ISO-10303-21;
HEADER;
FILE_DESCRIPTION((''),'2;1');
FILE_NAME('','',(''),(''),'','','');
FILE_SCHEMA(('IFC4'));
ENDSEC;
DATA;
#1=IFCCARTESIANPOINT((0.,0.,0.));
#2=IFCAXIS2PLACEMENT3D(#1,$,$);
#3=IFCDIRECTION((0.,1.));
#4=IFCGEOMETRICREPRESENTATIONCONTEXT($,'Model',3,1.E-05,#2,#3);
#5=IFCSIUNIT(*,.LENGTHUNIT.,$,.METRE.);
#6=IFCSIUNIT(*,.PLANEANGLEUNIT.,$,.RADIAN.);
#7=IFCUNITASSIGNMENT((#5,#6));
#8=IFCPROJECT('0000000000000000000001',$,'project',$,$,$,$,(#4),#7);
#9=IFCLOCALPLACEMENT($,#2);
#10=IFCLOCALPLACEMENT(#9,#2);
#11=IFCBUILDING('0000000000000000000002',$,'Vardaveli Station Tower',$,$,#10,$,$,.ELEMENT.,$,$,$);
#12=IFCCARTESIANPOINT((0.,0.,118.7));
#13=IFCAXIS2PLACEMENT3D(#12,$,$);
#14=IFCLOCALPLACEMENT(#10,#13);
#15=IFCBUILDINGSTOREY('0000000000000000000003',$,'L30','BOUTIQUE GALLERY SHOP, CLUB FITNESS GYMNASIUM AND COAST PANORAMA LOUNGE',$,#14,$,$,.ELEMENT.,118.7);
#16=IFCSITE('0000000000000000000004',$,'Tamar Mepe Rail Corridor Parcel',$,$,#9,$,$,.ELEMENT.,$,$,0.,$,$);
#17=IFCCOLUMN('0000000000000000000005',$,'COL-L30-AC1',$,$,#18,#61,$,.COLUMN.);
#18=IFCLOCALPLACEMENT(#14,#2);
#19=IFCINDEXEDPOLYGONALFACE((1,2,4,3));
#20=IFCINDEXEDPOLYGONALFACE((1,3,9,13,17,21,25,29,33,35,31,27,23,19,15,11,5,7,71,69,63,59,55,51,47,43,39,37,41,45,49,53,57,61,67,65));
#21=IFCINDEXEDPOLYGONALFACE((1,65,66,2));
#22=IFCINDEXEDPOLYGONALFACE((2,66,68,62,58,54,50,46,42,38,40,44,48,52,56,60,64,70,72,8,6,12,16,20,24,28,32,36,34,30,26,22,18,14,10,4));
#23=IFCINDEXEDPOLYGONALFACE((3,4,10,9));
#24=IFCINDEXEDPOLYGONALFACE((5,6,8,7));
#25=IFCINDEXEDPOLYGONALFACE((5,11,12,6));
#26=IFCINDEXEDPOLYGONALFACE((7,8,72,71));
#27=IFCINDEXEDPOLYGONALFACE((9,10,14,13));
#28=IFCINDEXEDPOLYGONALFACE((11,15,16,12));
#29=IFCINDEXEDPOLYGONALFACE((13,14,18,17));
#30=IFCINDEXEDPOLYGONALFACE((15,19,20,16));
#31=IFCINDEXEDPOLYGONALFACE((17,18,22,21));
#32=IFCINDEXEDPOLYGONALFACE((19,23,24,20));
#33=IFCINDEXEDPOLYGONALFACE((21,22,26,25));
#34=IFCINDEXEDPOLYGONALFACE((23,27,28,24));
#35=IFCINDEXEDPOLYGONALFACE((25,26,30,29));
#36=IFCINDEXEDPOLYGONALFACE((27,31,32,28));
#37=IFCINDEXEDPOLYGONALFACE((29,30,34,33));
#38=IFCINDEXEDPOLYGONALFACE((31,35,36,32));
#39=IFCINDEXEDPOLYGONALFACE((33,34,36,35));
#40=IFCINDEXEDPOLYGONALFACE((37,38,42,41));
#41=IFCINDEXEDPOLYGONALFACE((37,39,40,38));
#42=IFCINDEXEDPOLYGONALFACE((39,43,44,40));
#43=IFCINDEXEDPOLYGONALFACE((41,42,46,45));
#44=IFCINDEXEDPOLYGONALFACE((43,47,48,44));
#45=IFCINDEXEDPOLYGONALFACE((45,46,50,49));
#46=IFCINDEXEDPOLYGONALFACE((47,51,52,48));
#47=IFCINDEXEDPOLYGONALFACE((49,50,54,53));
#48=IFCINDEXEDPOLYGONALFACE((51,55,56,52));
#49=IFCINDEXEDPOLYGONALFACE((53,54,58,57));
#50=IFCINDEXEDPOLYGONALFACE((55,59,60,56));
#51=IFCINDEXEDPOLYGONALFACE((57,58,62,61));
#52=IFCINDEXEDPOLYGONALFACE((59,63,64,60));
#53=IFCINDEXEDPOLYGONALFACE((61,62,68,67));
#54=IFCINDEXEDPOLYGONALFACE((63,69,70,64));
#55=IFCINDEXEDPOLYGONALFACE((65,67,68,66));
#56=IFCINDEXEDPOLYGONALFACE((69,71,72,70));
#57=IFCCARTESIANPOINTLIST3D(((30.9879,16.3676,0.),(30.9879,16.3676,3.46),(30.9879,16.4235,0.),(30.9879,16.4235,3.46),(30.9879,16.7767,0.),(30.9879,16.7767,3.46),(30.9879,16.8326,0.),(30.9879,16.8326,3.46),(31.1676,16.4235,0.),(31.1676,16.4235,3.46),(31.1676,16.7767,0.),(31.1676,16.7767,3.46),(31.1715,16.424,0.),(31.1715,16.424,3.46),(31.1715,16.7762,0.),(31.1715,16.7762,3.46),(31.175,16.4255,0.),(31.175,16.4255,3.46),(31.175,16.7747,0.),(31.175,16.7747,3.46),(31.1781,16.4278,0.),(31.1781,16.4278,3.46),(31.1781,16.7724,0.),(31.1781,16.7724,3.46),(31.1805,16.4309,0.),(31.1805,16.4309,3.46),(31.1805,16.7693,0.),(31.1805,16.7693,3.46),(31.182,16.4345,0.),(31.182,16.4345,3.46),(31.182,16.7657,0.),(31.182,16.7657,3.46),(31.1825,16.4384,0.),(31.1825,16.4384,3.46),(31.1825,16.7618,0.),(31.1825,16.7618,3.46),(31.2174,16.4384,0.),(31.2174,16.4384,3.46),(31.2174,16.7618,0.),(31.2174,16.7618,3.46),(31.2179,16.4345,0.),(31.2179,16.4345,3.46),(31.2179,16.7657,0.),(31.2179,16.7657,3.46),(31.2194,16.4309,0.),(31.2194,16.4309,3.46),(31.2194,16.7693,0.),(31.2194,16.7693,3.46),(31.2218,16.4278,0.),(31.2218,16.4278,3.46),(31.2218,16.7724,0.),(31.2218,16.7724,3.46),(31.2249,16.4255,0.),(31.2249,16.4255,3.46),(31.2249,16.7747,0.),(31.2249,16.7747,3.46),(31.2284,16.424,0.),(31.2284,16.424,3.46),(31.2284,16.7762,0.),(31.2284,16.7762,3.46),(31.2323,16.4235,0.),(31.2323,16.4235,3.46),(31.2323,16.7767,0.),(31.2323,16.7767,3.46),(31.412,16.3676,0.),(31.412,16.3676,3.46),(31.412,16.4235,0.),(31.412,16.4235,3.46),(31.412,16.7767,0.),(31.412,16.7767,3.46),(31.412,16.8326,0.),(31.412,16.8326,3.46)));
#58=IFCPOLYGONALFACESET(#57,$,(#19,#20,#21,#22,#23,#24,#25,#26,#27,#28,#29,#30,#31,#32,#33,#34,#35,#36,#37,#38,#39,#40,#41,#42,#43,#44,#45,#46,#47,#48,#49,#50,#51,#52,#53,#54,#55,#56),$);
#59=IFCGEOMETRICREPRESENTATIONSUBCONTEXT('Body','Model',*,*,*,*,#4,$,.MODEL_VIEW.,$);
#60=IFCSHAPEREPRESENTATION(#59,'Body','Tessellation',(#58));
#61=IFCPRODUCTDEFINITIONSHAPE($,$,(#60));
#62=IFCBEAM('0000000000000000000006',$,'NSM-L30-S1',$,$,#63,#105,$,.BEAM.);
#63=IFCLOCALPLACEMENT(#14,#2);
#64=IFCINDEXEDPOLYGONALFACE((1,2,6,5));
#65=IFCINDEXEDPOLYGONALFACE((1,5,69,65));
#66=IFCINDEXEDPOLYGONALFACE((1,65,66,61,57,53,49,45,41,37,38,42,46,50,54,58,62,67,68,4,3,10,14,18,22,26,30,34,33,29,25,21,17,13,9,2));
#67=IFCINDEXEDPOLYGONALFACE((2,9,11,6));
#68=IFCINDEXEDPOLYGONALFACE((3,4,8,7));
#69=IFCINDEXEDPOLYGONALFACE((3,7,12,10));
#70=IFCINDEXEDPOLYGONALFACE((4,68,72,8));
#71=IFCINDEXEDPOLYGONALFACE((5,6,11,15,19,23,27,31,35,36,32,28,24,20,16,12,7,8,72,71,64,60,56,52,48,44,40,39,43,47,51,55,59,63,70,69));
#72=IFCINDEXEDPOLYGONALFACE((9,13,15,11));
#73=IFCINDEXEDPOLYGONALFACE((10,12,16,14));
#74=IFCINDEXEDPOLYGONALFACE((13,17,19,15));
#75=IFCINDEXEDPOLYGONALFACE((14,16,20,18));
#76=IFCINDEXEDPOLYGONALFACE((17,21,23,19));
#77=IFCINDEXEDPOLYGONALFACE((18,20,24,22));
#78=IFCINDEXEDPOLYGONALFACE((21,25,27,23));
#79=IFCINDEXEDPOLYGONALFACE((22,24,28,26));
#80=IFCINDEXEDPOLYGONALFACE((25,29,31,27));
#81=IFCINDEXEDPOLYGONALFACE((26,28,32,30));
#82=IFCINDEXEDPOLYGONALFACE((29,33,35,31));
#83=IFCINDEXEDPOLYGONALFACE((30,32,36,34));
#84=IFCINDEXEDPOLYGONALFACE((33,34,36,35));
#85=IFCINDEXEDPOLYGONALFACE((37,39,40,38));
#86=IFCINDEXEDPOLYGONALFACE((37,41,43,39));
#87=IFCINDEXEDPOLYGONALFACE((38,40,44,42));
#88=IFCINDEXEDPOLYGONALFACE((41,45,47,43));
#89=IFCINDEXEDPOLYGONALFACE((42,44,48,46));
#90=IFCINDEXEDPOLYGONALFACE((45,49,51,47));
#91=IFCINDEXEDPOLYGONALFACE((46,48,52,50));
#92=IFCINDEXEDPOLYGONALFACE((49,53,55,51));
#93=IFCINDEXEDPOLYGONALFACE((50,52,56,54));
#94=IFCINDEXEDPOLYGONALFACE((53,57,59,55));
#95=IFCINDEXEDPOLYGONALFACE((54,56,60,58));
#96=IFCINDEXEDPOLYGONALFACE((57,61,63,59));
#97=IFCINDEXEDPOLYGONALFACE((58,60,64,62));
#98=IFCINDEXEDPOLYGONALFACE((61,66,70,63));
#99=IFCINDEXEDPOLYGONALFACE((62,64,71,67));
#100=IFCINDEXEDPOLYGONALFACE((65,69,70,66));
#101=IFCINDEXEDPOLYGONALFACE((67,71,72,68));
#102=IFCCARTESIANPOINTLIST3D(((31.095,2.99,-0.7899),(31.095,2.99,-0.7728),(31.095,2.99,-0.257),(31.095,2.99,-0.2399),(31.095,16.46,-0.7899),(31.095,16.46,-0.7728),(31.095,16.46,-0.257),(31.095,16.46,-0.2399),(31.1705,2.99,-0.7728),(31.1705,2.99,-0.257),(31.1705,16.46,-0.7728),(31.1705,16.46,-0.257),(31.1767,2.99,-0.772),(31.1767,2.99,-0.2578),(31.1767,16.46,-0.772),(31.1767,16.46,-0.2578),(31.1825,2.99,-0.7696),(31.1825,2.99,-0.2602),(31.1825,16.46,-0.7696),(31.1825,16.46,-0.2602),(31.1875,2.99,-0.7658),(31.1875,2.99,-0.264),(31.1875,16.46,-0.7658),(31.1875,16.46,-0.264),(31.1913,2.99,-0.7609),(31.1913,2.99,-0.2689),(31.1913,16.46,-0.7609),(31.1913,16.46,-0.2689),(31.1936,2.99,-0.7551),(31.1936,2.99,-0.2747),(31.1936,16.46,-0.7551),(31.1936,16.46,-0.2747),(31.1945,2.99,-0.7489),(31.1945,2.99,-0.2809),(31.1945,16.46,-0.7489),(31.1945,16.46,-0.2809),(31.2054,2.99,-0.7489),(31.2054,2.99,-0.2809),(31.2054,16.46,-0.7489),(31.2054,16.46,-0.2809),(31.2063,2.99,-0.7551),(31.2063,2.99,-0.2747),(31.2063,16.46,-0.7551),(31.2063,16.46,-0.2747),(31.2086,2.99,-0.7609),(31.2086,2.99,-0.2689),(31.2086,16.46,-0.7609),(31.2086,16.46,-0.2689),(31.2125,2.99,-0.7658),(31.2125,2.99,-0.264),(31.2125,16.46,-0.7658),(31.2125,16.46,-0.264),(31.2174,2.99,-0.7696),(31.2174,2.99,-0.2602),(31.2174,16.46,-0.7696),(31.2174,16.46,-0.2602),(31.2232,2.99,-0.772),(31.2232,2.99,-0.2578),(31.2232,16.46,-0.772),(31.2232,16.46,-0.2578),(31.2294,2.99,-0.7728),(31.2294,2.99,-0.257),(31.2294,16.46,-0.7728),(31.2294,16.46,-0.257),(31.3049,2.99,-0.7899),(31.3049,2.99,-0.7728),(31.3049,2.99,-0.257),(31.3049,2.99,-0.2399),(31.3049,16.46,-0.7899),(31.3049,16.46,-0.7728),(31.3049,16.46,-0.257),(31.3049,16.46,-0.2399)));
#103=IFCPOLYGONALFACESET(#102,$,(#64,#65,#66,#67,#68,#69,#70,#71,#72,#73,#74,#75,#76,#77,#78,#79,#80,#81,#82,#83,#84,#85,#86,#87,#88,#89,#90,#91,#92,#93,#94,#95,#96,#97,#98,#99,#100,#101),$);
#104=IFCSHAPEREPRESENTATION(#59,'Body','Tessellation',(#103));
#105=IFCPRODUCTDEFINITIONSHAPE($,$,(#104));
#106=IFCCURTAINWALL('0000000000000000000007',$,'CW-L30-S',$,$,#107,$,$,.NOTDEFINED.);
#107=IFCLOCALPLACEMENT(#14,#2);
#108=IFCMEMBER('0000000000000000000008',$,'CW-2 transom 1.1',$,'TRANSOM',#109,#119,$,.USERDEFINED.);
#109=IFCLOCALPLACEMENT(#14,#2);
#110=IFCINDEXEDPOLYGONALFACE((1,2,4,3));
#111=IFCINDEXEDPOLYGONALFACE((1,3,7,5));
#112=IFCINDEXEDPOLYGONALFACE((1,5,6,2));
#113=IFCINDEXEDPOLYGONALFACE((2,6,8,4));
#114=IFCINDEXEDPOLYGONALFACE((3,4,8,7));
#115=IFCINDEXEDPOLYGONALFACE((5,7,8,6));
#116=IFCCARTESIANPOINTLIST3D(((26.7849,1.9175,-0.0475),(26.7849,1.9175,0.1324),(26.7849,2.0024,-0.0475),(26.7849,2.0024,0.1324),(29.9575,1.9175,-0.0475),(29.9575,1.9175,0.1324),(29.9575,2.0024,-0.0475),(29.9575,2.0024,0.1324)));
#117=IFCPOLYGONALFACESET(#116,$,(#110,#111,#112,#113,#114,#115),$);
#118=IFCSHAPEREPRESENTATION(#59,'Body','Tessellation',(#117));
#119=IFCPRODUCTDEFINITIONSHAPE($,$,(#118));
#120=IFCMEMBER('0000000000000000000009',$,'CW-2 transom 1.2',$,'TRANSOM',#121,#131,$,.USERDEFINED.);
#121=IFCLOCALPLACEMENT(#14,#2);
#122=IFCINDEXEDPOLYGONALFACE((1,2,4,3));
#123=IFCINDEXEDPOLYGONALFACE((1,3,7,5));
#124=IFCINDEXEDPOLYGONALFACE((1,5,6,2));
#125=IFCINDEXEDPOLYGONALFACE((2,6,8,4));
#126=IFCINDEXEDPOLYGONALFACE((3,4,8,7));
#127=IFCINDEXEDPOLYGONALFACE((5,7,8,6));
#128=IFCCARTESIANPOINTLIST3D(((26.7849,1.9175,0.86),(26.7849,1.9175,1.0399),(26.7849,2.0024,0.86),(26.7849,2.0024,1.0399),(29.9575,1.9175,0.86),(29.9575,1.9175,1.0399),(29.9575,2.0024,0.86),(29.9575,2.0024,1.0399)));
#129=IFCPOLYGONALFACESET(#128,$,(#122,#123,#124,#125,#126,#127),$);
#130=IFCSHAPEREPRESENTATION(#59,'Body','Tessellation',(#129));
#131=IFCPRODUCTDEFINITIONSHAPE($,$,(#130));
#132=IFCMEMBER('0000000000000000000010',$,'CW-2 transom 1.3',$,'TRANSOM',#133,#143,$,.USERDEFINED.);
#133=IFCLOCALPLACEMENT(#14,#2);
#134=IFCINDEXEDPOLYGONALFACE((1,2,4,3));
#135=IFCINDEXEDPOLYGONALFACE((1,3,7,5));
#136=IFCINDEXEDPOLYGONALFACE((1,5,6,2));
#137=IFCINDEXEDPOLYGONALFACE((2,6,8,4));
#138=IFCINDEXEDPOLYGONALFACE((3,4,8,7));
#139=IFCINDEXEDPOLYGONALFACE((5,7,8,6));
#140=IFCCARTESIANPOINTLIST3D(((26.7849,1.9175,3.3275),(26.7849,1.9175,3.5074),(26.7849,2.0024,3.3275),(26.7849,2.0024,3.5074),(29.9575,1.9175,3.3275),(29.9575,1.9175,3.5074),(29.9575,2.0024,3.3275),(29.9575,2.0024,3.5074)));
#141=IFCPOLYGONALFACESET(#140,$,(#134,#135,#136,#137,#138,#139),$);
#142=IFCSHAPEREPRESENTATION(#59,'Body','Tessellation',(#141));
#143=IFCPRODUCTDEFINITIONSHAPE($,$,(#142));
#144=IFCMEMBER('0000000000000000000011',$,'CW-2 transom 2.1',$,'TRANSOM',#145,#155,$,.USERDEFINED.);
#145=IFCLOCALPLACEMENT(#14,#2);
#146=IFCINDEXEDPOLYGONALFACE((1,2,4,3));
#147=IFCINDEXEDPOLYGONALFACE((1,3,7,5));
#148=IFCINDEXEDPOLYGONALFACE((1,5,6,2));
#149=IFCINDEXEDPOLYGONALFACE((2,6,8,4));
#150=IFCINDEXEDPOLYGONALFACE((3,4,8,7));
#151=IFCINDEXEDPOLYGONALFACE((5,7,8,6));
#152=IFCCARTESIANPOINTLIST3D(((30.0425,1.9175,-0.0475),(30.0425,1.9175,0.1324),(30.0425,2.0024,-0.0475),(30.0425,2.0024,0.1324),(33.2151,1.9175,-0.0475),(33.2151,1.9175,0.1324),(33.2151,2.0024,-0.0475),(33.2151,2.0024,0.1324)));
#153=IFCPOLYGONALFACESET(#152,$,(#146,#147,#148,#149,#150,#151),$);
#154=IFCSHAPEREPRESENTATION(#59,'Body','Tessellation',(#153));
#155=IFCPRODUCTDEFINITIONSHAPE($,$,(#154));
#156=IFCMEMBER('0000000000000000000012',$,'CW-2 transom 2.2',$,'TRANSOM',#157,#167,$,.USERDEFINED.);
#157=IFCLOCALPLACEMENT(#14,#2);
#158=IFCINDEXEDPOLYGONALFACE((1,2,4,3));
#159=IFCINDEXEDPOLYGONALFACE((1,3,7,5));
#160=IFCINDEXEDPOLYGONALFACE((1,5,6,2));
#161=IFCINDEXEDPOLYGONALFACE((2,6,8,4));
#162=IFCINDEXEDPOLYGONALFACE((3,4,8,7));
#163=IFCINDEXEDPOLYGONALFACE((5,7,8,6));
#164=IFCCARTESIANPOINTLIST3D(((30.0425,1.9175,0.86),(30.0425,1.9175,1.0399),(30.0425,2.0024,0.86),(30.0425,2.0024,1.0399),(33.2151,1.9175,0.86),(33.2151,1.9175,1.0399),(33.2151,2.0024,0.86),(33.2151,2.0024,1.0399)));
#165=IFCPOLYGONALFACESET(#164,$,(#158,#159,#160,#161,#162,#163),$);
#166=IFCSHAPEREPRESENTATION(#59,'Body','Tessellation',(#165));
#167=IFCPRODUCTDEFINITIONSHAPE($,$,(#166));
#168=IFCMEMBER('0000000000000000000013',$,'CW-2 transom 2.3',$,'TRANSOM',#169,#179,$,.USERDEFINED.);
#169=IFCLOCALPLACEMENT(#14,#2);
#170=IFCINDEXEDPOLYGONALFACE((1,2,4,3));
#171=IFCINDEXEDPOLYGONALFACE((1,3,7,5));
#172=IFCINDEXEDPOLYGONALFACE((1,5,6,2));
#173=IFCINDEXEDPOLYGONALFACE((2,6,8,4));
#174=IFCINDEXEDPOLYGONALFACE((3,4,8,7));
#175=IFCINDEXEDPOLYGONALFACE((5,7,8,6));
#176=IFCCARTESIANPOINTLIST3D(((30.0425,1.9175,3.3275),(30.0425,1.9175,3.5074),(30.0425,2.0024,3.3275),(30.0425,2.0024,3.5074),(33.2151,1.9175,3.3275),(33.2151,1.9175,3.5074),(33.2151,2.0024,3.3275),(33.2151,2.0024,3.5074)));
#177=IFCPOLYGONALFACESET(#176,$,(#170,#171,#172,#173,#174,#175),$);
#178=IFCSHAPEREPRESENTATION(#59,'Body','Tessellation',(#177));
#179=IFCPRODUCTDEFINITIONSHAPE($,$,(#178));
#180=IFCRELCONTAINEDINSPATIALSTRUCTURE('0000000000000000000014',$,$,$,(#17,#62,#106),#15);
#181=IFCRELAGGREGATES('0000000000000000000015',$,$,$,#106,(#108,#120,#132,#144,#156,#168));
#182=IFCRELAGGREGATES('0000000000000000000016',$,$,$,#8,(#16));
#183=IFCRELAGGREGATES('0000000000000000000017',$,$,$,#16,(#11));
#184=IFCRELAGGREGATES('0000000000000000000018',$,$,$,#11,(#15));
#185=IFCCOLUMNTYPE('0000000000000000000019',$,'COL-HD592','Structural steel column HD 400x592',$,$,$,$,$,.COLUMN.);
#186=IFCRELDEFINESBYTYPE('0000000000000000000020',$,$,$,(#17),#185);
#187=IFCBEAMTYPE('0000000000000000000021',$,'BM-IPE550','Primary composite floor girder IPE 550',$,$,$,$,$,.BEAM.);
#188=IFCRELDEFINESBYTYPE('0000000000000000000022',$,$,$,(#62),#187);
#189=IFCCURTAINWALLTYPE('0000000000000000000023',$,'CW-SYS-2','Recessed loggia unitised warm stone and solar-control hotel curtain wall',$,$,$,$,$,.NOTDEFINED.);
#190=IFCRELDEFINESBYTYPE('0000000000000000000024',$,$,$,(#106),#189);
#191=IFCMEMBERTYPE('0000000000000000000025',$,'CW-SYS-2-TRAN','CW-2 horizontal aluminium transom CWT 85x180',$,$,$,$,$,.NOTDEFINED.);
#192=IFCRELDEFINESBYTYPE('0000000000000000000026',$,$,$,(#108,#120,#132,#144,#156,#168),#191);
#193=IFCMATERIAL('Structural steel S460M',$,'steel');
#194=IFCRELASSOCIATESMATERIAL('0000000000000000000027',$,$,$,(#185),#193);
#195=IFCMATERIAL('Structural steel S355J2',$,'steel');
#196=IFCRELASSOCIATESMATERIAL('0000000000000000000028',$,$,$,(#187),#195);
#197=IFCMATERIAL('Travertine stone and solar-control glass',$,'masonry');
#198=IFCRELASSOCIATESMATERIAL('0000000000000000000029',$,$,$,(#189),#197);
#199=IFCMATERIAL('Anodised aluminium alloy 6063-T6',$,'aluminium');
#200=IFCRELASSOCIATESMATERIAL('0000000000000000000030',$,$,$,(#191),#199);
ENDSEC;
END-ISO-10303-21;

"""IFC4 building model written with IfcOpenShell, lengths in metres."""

from ifc_helpers import new_model, si_unit, direction, frame, origin, origin_2d, place, context, subcontext, project, spatial, rectangle, i_section, extrude, source, transform, mapped, material, material_profile, profile_set, type_object, element, aggregate, save


model = new_model("IFC4")

# Units and contexts
model_context = context("Model", 3, precision=1e-05, world=origin(), true_north=direction((0.0, 1.0)))
body_context = subcontext(model_context, "Body", "Model", "MODEL_VIEW")
ifc_project = project(units=[si_unit("LENGTHUNIT", "METRE"), si_unit("PLANEANGLEUNIT", "RADIAN")], contexts=[model_context])

# Site, building, storey
site_placement = place(None, origin())
site = spatial("IfcSite", under=ifc_project, at=site_placement, Name="Tamar Mepe Rail Corridor Parcel", CompositionType="ELEMENT", RefElevation=0.0)
building_placement = place(site_placement, origin())
building = spatial("IfcBuilding", under=site, at=building_placement, Name="Vardaveli Station Tower", CompositionType="ELEMENT")
storey_placement = place(building_placement, frame((0.0, 0.0, 118.7)))
storey = spatial("IfcBuildingStorey", under=building, at=storey_placement, Name="L30", Description="BOUTIQUE GALLERY SHOP, CLUB FITNESS GYMNASIUM AND COAST PANORAMA LOUNGE", CompositionType="ELEMENT", Elevation=118.7)

# Column
ifc_material_1 = material(Name="Structural steel S460M", Category="steel")
ifc_material_profile_1 = material_profile(ifc_material_1, i_section(OverallWidth=0.4241, OverallDepth=0.4651, WebThickness=0.0349, FlangeThickness=0.0559, FilletRadius=0.0149, at=origin_2d()), Name="HD 400x592")
ifc_profile_set_1 = profile_set([ifc_material_profile_1], Name="Structural steel S460M")
column_type = type_object("IfcColumnType", Name="COL-HD592", Description="Structural steel column HD 400x592", PredefinedType="COLUMN", material=ifc_profile_set_1)
shared_shape_1 = source(origin(), body_context, "Body", "SweptSolid", [
    extrude(i_section(OverallWidth=0.4241, OverallDepth=0.4651, WebThickness=0.0349, FlangeThickness=0.0559, FilletRadius=0.0149, at=origin_2d()), origin(), (0.0, 0.0, 1.0), 3.46),
])
column_placement = place(storey_placement, frame((31.2, 16.6001, 0.0), z_axis=(0.0, 0.0, 1.0), x_axis=(1.0, 0.0, 0.0)))
element("IfcColumn", 1, at=column_placement, inside=storey, type_object=column_type, Name="COL-L30-AC1", PredefinedType="COLUMN", context=body_context, shape_type="MappedRepresentation", body=[
    mapped(shared_shape_1, transform((0.0, 0.0, 0.0), scale=1.0)),
])

# Beam
ifc_material_2 = material(Name="Structural steel S355J2", Category="steel")
ifc_material_profile_2 = material_profile(ifc_material_2, i_section(OverallWidth=0.21, OverallDepth=0.55, WebThickness=0.011, FlangeThickness=0.0171, FilletRadius=0.0239, at=origin_2d()), Name="IPE 550")
ifc_profile_set_2 = profile_set([ifc_material_profile_2], Name="Structural steel S355J2")
beam_type = type_object("IfcBeamType", Name="BM-IPE550", Description="Primary composite floor girder IPE 550", PredefinedType="BEAM", material=ifc_profile_set_2)
shared_shape_2 = source(origin(), body_context, "Body", "SweptSolid", [
    extrude(i_section(OverallWidth=0.21, OverallDepth=0.55, WebThickness=0.011, FlangeThickness=0.0171, FilletRadius=0.0239, at=origin_2d()), origin(), (0.0, 0.0, 1.0), 13.47),
])
beam_placement = place(storey_placement, frame((31.2, 2.99, -0.5149), z_axis=(0.0, 1.0, 0.0), x_axis=(-1.0, 0.0, 0.0)))
element("IfcBeam", 2, at=beam_placement, inside=storey, type_object=beam_type, Name="NSM-L30-S1", PredefinedType="BEAM", context=body_context, shape_type="MappedRepresentation", body=[
    mapped(shared_shape_2, transform((0.0, 0.0, 0.0), scale=1.0)),
])

# Curtain wall, members
ifc_material_3 = material(Name="Travertine stone and solar-control glass", Category="masonry")
curtain_wall_type = type_object("IfcCurtainWallType", Name="CW-SYS-2", Description="Recessed loggia unitised warm stone and solar-control hotel curtain wall", PredefinedType="NOTDEFINED", material=ifc_material_3)
curtain_wall_placement = place(storey_placement, origin())
curtain_wall = element("IfcCurtainWall", 3, at=curtain_wall_placement, inside=storey, type_object=curtain_wall_type, Name="CW-L30-S", PredefinedType="NOTDEFINED")
ifc_material_4 = material(Name="Anodised aluminium alloy 6063-T6", Category="aluminium")
ifc_material_profile_3 = material_profile(ifc_material_4, rectangle(XDim=0.085, YDim=0.1799, at=origin_2d()), Name="CWT 85x180")
ifc_profile_set_3 = profile_set([ifc_material_profile_3], Name="Anodised aluminium alloy 6063-T6")
member_type_1 = type_object("IfcMemberType", Name="CW-SYS-2-TRAN", Description="CW-2 horizontal aluminium transom CWT 85x180", PredefinedType="NOTDEFINED", material=ifc_profile_set_3)
shared_shape_3 = source(origin(), body_context, "Body", "SweptSolid", [
    extrude(rectangle(XDim=0.085, YDim=0.1799, at=origin_2d()), origin(), (0.0, 0.0, 1.0), 3.1726),
])
member_1_placement = place(storey_placement, frame((26.7849, 1.96, 0.0425), z_axis=(1.0, 0.0, 0.0), x_axis=(0.0, 1.0, 0.0)))
member_1 = element("IfcMember", 4, at=member_1_placement, type_object=member_type_1, Name="CW-2 transom 1.1", ObjectType="TRANSOM", PredefinedType="USERDEFINED", context=body_context, shape_type="MappedRepresentation", body=[
    mapped(shared_shape_3, transform((0.0, 0.0, 0.0), scale=1.0)),
])
member_2_placement = place(storey_placement, frame((26.7849, 1.96, 0.95), z_axis=(1.0, 0.0, 0.0), x_axis=(0.0, 1.0, 0.0)))
member_2 = element("IfcMember", 5, at=member_2_placement, type_object=member_type_1, Name="CW-2 transom 1.2", ObjectType="TRANSOM", PredefinedType="USERDEFINED", context=body_context, shape_type="MappedRepresentation", body=[
    mapped(shared_shape_3, transform((0.0, 0.0, 0.0), scale=1.0)),
])
member_3_placement = place(storey_placement, frame((26.7849, 1.96, 3.4175), z_axis=(1.0, 0.0, 0.0), x_axis=(0.0, 1.0, 0.0)))
member_3 = element("IfcMember", 6, at=member_3_placement, type_object=member_type_1, Name="CW-2 transom 1.3", ObjectType="TRANSOM", PredefinedType="USERDEFINED", context=body_context, shape_type="MappedRepresentation", body=[
    mapped(shared_shape_3, transform((0.0, 0.0, 0.0), scale=1.0)),
])
member_4_placement = place(storey_placement, frame((30.0425, 1.96, 0.0425), z_axis=(1.0, 0.0, 0.0), x_axis=(0.0, 1.0, 0.0)))
member_4 = element("IfcMember", 7, at=member_4_placement, type_object=member_type_1, Name="CW-2 transom 2.1", ObjectType="TRANSOM", PredefinedType="USERDEFINED", context=body_context, shape_type="MappedRepresentation", body=[
    mapped(shared_shape_3, transform((0.0, 0.0, 0.0), scale=1.0)),
])
member_5_placement = place(storey_placement, frame((30.0425, 1.96, 0.95), z_axis=(1.0, 0.0, 0.0), x_axis=(0.0, 1.0, 0.0)))
member_5 = element("IfcMember", 8, at=member_5_placement, type_object=member_type_1, Name="CW-2 transom 2.2", ObjectType="TRANSOM", PredefinedType="USERDEFINED", context=body_context, shape_type="MappedRepresentation", body=[
    mapped(shared_shape_3, transform((0.0, 0.0, 0.0), scale=1.0)),
])
member_6_placement = place(storey_placement, frame((30.0425, 1.96, 3.4175), z_axis=(1.0, 0.0, 0.0), x_axis=(0.0, 1.0, 0.0)))
member_6 = element("IfcMember", 9, at=member_6_placement, type_object=member_type_1, Name="CW-2 transom 2.3", ObjectType="TRANSOM", PredefinedType="USERDEFINED", context=body_context, shape_type="MappedRepresentation", body=[
    mapped(shared_shape_3, transform((0.0, 0.0, 0.0), scale=1.0)),
])
aggregate(curtain_wall, [member_1, member_2, member_3, member_4, member_5, member_6])

save(model, "model.ifc")
